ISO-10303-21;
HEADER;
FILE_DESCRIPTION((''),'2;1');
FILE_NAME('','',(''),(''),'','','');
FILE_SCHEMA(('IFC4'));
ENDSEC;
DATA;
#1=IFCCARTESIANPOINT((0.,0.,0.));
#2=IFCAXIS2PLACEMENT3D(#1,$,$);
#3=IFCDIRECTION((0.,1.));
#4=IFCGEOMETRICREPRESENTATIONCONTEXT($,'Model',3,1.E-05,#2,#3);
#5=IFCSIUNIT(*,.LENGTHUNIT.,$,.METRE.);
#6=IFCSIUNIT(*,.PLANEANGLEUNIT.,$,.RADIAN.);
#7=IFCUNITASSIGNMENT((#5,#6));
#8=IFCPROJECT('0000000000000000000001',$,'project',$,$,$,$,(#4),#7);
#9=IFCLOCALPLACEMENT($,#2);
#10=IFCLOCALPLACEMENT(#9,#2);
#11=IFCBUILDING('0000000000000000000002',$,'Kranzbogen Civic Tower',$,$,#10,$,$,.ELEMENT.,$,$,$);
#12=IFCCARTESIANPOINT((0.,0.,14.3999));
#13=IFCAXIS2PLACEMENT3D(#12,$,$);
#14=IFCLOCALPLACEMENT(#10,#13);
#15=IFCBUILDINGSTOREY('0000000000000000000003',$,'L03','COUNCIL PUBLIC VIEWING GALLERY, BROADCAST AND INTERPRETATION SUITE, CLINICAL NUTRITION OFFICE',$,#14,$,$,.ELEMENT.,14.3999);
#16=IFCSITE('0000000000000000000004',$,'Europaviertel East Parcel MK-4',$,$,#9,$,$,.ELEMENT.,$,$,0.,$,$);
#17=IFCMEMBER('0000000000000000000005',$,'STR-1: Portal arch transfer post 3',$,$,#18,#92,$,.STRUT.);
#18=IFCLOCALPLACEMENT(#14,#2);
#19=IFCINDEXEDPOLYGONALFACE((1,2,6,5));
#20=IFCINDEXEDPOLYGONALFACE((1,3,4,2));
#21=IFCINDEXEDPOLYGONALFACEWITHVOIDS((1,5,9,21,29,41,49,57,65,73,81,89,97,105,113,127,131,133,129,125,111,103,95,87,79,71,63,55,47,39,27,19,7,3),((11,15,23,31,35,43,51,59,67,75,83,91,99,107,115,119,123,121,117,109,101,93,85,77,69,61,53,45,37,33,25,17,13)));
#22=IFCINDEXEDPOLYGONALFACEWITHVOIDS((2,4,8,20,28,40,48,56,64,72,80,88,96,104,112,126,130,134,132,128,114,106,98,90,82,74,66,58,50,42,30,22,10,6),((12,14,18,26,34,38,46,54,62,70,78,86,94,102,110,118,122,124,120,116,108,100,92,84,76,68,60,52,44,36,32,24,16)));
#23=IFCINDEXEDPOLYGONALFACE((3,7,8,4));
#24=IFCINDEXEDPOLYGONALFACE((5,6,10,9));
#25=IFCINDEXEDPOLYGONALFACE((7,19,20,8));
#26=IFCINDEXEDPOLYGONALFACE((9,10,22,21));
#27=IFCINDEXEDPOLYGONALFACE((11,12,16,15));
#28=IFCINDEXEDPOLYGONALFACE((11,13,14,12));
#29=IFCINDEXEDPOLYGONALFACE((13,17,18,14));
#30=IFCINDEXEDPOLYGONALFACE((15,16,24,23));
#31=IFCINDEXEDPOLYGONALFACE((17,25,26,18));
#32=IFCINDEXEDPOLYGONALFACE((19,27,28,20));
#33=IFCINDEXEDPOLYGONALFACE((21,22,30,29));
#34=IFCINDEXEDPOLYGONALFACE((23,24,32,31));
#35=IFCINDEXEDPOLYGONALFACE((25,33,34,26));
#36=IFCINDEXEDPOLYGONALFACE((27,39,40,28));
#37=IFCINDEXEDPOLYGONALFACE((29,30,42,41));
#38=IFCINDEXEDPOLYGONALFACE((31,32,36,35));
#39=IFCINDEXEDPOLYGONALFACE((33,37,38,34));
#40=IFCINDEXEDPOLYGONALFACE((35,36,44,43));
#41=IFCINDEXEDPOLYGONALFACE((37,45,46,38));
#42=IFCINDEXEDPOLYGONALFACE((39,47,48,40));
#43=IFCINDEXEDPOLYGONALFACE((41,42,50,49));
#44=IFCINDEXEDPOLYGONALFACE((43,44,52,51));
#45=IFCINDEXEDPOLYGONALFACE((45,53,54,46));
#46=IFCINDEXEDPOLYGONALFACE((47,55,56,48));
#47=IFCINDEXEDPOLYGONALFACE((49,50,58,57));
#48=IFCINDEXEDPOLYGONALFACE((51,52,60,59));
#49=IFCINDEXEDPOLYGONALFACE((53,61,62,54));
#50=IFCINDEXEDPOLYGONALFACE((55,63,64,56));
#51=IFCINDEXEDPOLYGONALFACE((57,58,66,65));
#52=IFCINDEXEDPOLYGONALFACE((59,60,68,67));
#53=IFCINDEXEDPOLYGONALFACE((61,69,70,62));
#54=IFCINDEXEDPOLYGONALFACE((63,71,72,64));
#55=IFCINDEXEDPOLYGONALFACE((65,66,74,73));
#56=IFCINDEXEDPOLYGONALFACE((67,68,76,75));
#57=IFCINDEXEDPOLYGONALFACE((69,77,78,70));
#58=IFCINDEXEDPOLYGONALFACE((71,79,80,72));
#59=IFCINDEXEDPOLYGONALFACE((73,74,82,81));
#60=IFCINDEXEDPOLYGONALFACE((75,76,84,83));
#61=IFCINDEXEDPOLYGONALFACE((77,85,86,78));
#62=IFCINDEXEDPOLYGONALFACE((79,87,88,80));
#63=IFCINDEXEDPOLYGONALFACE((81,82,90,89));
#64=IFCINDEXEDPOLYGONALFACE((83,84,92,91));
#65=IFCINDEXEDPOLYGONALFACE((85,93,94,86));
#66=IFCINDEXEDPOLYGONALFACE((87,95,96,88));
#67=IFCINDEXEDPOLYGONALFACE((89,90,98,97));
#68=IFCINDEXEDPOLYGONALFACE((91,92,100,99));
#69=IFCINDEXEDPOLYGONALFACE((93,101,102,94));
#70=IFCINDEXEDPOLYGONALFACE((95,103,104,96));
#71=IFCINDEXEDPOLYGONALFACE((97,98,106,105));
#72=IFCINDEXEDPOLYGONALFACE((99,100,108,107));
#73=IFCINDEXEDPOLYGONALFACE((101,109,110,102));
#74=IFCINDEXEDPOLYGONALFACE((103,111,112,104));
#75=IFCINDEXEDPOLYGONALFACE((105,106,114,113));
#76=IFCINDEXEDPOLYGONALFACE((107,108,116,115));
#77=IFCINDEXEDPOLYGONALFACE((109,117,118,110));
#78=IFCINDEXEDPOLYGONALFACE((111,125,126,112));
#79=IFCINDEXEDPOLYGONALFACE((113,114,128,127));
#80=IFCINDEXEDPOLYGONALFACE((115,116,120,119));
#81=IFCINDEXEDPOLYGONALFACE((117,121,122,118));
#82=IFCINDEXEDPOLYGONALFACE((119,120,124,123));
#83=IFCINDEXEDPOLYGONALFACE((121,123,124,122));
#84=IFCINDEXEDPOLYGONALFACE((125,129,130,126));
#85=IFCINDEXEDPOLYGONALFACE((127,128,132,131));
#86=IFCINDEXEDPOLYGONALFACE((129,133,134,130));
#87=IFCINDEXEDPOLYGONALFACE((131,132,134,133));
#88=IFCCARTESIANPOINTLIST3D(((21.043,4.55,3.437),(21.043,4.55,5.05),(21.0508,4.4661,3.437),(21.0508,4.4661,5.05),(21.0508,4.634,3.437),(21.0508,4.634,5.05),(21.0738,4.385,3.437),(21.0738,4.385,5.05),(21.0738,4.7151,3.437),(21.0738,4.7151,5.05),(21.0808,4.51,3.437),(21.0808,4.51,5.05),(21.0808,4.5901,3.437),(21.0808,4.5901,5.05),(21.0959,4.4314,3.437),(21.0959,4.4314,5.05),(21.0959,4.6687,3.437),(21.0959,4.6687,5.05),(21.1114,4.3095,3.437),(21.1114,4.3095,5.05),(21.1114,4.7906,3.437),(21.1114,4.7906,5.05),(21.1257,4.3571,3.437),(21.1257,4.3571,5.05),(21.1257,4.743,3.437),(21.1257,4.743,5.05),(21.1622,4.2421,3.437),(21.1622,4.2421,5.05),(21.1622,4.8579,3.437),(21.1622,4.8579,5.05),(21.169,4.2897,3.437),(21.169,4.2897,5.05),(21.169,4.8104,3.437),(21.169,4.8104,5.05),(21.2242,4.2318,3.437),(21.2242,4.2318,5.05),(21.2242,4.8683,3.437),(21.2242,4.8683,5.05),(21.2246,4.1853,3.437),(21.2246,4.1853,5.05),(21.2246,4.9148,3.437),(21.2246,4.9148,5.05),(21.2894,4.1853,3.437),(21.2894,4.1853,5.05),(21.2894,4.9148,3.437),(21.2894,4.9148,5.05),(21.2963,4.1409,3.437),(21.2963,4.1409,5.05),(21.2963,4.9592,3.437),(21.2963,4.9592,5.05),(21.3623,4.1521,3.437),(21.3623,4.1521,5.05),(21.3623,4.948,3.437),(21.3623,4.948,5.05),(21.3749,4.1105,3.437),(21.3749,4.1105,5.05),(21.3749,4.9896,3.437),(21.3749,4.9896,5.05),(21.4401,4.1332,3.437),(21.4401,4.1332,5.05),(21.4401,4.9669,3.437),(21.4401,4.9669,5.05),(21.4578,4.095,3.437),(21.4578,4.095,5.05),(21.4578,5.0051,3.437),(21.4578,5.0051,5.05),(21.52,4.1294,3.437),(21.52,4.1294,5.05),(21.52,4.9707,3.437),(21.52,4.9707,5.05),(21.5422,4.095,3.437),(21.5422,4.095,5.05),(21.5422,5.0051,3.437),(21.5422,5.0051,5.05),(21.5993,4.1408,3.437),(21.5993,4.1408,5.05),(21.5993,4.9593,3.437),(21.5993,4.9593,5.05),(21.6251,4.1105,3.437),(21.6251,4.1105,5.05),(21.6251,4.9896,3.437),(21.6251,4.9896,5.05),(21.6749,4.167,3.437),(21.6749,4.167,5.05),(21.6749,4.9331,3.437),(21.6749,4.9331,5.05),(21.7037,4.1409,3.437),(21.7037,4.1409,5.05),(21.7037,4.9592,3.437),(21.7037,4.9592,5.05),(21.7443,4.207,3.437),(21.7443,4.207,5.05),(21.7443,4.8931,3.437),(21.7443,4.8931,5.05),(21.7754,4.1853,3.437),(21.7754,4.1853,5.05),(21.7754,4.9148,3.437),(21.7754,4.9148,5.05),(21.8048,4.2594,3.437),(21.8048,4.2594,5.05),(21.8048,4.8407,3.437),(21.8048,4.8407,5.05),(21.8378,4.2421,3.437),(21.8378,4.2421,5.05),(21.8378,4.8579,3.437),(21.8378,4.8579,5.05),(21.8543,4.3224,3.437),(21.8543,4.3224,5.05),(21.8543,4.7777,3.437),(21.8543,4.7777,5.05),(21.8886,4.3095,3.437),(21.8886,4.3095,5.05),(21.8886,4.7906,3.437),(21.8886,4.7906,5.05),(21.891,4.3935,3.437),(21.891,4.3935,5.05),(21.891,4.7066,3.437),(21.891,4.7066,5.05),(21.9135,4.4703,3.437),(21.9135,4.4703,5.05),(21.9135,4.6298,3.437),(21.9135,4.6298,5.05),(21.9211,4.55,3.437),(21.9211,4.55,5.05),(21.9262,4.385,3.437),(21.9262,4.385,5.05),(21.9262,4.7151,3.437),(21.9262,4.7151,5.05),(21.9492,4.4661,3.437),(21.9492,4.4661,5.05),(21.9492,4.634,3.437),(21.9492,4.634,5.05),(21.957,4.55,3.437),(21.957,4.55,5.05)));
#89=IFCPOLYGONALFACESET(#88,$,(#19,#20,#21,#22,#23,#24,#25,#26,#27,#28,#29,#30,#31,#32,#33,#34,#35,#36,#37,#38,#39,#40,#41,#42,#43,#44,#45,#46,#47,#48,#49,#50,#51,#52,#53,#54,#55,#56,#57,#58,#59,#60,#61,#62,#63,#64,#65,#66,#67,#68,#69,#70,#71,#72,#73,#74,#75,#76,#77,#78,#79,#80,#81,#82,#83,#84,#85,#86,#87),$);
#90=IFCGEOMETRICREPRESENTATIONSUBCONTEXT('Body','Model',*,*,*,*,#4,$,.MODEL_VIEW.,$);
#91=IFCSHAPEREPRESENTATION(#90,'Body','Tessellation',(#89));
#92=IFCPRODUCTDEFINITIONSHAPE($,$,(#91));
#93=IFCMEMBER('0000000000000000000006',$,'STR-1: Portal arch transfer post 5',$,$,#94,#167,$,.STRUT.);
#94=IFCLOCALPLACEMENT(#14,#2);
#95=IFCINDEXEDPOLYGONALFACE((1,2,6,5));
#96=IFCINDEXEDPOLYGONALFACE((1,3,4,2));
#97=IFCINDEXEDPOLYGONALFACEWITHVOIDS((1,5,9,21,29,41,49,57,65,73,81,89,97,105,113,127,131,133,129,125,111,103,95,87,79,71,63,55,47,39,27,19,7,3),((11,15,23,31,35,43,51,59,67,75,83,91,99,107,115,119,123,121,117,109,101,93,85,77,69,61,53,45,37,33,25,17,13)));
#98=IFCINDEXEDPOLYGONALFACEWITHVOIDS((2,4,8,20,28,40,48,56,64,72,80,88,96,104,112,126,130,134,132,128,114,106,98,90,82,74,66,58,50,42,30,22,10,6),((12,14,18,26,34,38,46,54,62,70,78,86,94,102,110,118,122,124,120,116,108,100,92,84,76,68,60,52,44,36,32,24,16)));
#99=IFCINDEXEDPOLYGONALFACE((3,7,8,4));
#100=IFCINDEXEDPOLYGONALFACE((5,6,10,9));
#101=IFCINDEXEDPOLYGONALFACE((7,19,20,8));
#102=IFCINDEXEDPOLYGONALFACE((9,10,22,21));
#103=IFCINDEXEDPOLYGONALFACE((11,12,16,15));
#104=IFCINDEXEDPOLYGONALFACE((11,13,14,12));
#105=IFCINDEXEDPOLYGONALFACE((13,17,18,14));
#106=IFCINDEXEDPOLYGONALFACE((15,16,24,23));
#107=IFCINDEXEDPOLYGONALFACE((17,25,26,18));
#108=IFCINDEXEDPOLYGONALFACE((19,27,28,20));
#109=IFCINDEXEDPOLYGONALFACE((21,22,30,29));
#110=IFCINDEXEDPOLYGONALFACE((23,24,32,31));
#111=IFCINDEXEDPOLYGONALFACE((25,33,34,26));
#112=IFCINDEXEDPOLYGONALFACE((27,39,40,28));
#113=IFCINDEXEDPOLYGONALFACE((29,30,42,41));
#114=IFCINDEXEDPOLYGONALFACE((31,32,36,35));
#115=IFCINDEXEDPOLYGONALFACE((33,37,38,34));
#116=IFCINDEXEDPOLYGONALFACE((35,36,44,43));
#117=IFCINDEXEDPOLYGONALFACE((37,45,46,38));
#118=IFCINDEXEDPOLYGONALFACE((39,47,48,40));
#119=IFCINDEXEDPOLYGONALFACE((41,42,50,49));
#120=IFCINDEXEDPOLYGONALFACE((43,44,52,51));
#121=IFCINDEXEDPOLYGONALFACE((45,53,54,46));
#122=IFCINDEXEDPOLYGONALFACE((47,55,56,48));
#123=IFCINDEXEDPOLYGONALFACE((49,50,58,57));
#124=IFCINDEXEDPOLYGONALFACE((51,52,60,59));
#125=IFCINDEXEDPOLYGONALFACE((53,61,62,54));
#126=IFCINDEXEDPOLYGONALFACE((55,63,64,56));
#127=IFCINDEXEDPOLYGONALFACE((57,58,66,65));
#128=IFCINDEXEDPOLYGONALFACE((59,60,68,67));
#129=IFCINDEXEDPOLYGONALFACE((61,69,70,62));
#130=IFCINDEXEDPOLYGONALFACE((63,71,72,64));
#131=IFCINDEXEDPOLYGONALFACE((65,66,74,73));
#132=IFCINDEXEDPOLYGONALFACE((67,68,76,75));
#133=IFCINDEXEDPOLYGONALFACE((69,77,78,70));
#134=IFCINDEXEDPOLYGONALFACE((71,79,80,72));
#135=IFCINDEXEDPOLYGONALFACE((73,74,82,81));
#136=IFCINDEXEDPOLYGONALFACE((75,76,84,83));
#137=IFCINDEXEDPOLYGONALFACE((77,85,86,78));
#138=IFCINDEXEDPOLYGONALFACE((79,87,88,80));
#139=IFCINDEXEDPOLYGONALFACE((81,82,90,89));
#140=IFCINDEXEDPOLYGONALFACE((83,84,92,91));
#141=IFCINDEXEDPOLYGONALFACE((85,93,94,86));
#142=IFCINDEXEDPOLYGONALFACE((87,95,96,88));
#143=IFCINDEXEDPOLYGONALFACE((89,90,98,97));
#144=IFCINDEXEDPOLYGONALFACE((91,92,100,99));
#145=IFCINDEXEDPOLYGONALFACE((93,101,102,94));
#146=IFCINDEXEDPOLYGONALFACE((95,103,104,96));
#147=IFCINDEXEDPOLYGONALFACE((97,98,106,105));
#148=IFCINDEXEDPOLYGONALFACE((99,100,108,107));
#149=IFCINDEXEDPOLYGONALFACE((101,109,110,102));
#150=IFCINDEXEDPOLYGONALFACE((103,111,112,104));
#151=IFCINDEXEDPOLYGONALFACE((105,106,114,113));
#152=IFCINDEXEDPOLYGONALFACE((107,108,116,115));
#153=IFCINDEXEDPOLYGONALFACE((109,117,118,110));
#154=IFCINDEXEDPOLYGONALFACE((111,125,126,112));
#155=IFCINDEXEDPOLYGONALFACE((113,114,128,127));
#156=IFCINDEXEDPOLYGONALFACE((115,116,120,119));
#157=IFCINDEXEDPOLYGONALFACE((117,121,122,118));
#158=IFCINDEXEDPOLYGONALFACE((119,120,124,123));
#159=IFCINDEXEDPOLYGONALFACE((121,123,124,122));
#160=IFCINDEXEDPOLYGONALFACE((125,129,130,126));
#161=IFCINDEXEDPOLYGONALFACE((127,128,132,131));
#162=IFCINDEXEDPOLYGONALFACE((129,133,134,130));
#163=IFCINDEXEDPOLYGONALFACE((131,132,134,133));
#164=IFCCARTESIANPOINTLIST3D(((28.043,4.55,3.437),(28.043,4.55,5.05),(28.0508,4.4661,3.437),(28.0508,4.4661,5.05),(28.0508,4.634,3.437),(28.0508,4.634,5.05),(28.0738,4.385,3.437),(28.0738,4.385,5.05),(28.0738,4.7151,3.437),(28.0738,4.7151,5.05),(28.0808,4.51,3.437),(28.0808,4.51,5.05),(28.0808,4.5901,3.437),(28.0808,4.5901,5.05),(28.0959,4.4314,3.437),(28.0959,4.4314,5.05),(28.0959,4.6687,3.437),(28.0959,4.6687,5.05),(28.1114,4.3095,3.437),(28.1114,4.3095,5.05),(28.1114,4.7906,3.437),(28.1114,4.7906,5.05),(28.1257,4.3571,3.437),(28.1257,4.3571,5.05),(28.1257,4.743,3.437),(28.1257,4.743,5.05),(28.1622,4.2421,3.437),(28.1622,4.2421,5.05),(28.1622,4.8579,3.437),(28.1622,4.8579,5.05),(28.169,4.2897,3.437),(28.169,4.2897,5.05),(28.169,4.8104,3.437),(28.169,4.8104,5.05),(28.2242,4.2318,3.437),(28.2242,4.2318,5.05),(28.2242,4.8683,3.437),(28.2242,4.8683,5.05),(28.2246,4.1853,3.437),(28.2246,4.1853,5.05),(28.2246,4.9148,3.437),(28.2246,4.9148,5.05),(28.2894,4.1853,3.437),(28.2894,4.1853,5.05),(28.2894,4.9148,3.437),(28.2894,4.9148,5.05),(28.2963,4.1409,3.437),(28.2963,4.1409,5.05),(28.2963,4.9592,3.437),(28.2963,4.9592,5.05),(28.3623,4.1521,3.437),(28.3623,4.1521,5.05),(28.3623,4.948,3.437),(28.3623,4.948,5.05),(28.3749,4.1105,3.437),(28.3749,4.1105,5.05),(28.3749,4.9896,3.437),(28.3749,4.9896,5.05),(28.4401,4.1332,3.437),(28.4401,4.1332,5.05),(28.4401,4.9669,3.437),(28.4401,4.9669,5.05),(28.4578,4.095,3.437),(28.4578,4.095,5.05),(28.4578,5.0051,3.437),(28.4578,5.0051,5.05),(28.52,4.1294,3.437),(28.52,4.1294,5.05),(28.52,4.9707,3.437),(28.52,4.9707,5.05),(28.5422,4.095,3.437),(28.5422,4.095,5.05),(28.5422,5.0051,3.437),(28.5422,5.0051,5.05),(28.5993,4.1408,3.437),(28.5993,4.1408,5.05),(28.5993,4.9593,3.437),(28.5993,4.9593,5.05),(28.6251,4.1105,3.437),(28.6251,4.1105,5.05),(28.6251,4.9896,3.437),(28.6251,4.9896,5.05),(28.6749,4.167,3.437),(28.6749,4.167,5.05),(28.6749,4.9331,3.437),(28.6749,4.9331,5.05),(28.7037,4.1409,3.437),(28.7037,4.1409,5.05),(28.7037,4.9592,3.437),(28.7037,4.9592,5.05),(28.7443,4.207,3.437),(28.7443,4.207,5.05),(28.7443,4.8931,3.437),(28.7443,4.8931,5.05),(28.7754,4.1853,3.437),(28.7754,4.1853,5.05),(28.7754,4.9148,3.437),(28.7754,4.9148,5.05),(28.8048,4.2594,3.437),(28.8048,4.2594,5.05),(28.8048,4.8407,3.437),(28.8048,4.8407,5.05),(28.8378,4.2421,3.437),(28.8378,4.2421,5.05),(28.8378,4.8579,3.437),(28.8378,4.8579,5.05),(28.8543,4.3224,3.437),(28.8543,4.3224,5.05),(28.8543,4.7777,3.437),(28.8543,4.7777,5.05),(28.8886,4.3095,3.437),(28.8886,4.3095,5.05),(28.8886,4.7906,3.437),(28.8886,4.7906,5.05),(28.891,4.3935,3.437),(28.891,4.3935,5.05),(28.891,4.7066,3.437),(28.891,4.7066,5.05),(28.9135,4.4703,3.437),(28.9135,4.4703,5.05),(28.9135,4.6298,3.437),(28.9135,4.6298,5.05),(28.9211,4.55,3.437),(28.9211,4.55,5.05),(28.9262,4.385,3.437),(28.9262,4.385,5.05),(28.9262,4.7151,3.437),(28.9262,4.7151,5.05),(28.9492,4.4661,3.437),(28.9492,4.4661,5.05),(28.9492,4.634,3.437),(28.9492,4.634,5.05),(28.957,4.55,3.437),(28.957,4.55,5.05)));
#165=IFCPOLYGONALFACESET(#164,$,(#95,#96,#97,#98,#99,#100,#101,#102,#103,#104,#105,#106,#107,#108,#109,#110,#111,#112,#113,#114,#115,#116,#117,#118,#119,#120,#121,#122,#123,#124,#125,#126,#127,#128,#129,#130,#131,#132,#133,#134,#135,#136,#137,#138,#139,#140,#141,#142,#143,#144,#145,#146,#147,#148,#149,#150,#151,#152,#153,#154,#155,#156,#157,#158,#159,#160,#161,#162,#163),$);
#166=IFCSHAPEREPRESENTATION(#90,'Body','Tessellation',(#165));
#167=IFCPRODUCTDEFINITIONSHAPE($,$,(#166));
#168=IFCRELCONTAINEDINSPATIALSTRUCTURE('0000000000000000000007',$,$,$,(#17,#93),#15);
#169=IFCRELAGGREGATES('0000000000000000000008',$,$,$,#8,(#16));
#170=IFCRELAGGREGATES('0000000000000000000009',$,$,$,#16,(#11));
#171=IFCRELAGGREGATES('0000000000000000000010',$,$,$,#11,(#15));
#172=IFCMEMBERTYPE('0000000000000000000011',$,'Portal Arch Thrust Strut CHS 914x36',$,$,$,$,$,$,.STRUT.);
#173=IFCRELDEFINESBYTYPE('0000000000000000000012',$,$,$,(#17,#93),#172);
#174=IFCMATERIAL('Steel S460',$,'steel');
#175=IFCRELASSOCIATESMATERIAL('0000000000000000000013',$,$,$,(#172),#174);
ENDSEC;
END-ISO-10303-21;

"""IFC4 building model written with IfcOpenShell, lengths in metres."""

from ifc_helpers import new_model, si_unit, direction, frame, origin, origin_2d, place, context, subcontext, project, spatial, hollow_circle, extrude, material, material_profile, profile_set, type_object, element, save


model = new_model("IFC4")

# Units and contexts
model_context = context("Model", 3, precision=1e-05, world=origin(), true_north=direction((0.0, 1.0)))
body_context = subcontext(model_context, "Body", "Model", "MODEL_VIEW")
ifc_project = project(units=[si_unit("LENGTHUNIT", "METRE"), si_unit("PLANEANGLEUNIT", "RADIAN")], contexts=[model_context])

# Site, building, storey
site_placement = place(None, origin())
site = spatial("IfcSite", under=ifc_project, at=site_placement, Name="Europaviertel East Parcel MK-4", CompositionType="ELEMENT", RefElevation=0.0)
building_placement = place(site_placement, origin())
building = spatial("IfcBuilding", under=site, at=building_placement, Name="Kranzbogen Civic Tower", CompositionType="ELEMENT")
storey_placement = place(building_placement, frame((0.0, 0.0, 14.3999)))
storey = spatial("IfcBuildingStorey", under=building, at=storey_placement, Name="L03", Description="COUNCIL PUBLIC VIEWING GALLERY, BROADCAST AND INTERPRETATION SUITE, CLINICAL NUTRITION OFFICE", CompositionType="ELEMENT", Elevation=14.3999)

# Members
ifc_material_1 = material(Name="Steel S460", Category="steel")
ifc_material_profile_1 = material_profile(ifc_material_1, hollow_circle(Radius=0.457, WallThickness=0.0359, at=origin_2d()), Name="CHS 914x36")
ifc_profile_set_1 = profile_set([ifc_material_profile_1], Name="Steel S460")
member_type_1 = type_object("IfcMemberType", Name="Portal Arch Thrust Strut CHS 914x36", PredefinedType="STRUT", material=ifc_profile_set_1)
for number, where, z_axis, x_axis, name in (
    (1, (21.5, 4.55, 3.437), (0.0, 0.0, 1.0), (1.0, 0.0, 0.0), "STR-1: Portal arch transfer post 3"),
    (2, (28.5, 4.55, 3.437), (0.0, 0.0, 1.0), (1.0, 0.0, 0.0), "STR-1: Portal arch transfer post 5"),
):
    element("IfcMember", number, at=place(storey_placement, frame(where, z_axis=z_axis, x_axis=x_axis)), inside=storey, type_object=member_type_1, Name=name, PredefinedType="STRUT", context=body_context, shape_type="SweptSolid", body=[
        extrude(hollow_circle(Radius=0.457, WallThickness=0.0359, at=origin_2d()), origin(), (0.0, 0.0, 1.0), 1.613),
    ])

save(model, "model.ifc")
